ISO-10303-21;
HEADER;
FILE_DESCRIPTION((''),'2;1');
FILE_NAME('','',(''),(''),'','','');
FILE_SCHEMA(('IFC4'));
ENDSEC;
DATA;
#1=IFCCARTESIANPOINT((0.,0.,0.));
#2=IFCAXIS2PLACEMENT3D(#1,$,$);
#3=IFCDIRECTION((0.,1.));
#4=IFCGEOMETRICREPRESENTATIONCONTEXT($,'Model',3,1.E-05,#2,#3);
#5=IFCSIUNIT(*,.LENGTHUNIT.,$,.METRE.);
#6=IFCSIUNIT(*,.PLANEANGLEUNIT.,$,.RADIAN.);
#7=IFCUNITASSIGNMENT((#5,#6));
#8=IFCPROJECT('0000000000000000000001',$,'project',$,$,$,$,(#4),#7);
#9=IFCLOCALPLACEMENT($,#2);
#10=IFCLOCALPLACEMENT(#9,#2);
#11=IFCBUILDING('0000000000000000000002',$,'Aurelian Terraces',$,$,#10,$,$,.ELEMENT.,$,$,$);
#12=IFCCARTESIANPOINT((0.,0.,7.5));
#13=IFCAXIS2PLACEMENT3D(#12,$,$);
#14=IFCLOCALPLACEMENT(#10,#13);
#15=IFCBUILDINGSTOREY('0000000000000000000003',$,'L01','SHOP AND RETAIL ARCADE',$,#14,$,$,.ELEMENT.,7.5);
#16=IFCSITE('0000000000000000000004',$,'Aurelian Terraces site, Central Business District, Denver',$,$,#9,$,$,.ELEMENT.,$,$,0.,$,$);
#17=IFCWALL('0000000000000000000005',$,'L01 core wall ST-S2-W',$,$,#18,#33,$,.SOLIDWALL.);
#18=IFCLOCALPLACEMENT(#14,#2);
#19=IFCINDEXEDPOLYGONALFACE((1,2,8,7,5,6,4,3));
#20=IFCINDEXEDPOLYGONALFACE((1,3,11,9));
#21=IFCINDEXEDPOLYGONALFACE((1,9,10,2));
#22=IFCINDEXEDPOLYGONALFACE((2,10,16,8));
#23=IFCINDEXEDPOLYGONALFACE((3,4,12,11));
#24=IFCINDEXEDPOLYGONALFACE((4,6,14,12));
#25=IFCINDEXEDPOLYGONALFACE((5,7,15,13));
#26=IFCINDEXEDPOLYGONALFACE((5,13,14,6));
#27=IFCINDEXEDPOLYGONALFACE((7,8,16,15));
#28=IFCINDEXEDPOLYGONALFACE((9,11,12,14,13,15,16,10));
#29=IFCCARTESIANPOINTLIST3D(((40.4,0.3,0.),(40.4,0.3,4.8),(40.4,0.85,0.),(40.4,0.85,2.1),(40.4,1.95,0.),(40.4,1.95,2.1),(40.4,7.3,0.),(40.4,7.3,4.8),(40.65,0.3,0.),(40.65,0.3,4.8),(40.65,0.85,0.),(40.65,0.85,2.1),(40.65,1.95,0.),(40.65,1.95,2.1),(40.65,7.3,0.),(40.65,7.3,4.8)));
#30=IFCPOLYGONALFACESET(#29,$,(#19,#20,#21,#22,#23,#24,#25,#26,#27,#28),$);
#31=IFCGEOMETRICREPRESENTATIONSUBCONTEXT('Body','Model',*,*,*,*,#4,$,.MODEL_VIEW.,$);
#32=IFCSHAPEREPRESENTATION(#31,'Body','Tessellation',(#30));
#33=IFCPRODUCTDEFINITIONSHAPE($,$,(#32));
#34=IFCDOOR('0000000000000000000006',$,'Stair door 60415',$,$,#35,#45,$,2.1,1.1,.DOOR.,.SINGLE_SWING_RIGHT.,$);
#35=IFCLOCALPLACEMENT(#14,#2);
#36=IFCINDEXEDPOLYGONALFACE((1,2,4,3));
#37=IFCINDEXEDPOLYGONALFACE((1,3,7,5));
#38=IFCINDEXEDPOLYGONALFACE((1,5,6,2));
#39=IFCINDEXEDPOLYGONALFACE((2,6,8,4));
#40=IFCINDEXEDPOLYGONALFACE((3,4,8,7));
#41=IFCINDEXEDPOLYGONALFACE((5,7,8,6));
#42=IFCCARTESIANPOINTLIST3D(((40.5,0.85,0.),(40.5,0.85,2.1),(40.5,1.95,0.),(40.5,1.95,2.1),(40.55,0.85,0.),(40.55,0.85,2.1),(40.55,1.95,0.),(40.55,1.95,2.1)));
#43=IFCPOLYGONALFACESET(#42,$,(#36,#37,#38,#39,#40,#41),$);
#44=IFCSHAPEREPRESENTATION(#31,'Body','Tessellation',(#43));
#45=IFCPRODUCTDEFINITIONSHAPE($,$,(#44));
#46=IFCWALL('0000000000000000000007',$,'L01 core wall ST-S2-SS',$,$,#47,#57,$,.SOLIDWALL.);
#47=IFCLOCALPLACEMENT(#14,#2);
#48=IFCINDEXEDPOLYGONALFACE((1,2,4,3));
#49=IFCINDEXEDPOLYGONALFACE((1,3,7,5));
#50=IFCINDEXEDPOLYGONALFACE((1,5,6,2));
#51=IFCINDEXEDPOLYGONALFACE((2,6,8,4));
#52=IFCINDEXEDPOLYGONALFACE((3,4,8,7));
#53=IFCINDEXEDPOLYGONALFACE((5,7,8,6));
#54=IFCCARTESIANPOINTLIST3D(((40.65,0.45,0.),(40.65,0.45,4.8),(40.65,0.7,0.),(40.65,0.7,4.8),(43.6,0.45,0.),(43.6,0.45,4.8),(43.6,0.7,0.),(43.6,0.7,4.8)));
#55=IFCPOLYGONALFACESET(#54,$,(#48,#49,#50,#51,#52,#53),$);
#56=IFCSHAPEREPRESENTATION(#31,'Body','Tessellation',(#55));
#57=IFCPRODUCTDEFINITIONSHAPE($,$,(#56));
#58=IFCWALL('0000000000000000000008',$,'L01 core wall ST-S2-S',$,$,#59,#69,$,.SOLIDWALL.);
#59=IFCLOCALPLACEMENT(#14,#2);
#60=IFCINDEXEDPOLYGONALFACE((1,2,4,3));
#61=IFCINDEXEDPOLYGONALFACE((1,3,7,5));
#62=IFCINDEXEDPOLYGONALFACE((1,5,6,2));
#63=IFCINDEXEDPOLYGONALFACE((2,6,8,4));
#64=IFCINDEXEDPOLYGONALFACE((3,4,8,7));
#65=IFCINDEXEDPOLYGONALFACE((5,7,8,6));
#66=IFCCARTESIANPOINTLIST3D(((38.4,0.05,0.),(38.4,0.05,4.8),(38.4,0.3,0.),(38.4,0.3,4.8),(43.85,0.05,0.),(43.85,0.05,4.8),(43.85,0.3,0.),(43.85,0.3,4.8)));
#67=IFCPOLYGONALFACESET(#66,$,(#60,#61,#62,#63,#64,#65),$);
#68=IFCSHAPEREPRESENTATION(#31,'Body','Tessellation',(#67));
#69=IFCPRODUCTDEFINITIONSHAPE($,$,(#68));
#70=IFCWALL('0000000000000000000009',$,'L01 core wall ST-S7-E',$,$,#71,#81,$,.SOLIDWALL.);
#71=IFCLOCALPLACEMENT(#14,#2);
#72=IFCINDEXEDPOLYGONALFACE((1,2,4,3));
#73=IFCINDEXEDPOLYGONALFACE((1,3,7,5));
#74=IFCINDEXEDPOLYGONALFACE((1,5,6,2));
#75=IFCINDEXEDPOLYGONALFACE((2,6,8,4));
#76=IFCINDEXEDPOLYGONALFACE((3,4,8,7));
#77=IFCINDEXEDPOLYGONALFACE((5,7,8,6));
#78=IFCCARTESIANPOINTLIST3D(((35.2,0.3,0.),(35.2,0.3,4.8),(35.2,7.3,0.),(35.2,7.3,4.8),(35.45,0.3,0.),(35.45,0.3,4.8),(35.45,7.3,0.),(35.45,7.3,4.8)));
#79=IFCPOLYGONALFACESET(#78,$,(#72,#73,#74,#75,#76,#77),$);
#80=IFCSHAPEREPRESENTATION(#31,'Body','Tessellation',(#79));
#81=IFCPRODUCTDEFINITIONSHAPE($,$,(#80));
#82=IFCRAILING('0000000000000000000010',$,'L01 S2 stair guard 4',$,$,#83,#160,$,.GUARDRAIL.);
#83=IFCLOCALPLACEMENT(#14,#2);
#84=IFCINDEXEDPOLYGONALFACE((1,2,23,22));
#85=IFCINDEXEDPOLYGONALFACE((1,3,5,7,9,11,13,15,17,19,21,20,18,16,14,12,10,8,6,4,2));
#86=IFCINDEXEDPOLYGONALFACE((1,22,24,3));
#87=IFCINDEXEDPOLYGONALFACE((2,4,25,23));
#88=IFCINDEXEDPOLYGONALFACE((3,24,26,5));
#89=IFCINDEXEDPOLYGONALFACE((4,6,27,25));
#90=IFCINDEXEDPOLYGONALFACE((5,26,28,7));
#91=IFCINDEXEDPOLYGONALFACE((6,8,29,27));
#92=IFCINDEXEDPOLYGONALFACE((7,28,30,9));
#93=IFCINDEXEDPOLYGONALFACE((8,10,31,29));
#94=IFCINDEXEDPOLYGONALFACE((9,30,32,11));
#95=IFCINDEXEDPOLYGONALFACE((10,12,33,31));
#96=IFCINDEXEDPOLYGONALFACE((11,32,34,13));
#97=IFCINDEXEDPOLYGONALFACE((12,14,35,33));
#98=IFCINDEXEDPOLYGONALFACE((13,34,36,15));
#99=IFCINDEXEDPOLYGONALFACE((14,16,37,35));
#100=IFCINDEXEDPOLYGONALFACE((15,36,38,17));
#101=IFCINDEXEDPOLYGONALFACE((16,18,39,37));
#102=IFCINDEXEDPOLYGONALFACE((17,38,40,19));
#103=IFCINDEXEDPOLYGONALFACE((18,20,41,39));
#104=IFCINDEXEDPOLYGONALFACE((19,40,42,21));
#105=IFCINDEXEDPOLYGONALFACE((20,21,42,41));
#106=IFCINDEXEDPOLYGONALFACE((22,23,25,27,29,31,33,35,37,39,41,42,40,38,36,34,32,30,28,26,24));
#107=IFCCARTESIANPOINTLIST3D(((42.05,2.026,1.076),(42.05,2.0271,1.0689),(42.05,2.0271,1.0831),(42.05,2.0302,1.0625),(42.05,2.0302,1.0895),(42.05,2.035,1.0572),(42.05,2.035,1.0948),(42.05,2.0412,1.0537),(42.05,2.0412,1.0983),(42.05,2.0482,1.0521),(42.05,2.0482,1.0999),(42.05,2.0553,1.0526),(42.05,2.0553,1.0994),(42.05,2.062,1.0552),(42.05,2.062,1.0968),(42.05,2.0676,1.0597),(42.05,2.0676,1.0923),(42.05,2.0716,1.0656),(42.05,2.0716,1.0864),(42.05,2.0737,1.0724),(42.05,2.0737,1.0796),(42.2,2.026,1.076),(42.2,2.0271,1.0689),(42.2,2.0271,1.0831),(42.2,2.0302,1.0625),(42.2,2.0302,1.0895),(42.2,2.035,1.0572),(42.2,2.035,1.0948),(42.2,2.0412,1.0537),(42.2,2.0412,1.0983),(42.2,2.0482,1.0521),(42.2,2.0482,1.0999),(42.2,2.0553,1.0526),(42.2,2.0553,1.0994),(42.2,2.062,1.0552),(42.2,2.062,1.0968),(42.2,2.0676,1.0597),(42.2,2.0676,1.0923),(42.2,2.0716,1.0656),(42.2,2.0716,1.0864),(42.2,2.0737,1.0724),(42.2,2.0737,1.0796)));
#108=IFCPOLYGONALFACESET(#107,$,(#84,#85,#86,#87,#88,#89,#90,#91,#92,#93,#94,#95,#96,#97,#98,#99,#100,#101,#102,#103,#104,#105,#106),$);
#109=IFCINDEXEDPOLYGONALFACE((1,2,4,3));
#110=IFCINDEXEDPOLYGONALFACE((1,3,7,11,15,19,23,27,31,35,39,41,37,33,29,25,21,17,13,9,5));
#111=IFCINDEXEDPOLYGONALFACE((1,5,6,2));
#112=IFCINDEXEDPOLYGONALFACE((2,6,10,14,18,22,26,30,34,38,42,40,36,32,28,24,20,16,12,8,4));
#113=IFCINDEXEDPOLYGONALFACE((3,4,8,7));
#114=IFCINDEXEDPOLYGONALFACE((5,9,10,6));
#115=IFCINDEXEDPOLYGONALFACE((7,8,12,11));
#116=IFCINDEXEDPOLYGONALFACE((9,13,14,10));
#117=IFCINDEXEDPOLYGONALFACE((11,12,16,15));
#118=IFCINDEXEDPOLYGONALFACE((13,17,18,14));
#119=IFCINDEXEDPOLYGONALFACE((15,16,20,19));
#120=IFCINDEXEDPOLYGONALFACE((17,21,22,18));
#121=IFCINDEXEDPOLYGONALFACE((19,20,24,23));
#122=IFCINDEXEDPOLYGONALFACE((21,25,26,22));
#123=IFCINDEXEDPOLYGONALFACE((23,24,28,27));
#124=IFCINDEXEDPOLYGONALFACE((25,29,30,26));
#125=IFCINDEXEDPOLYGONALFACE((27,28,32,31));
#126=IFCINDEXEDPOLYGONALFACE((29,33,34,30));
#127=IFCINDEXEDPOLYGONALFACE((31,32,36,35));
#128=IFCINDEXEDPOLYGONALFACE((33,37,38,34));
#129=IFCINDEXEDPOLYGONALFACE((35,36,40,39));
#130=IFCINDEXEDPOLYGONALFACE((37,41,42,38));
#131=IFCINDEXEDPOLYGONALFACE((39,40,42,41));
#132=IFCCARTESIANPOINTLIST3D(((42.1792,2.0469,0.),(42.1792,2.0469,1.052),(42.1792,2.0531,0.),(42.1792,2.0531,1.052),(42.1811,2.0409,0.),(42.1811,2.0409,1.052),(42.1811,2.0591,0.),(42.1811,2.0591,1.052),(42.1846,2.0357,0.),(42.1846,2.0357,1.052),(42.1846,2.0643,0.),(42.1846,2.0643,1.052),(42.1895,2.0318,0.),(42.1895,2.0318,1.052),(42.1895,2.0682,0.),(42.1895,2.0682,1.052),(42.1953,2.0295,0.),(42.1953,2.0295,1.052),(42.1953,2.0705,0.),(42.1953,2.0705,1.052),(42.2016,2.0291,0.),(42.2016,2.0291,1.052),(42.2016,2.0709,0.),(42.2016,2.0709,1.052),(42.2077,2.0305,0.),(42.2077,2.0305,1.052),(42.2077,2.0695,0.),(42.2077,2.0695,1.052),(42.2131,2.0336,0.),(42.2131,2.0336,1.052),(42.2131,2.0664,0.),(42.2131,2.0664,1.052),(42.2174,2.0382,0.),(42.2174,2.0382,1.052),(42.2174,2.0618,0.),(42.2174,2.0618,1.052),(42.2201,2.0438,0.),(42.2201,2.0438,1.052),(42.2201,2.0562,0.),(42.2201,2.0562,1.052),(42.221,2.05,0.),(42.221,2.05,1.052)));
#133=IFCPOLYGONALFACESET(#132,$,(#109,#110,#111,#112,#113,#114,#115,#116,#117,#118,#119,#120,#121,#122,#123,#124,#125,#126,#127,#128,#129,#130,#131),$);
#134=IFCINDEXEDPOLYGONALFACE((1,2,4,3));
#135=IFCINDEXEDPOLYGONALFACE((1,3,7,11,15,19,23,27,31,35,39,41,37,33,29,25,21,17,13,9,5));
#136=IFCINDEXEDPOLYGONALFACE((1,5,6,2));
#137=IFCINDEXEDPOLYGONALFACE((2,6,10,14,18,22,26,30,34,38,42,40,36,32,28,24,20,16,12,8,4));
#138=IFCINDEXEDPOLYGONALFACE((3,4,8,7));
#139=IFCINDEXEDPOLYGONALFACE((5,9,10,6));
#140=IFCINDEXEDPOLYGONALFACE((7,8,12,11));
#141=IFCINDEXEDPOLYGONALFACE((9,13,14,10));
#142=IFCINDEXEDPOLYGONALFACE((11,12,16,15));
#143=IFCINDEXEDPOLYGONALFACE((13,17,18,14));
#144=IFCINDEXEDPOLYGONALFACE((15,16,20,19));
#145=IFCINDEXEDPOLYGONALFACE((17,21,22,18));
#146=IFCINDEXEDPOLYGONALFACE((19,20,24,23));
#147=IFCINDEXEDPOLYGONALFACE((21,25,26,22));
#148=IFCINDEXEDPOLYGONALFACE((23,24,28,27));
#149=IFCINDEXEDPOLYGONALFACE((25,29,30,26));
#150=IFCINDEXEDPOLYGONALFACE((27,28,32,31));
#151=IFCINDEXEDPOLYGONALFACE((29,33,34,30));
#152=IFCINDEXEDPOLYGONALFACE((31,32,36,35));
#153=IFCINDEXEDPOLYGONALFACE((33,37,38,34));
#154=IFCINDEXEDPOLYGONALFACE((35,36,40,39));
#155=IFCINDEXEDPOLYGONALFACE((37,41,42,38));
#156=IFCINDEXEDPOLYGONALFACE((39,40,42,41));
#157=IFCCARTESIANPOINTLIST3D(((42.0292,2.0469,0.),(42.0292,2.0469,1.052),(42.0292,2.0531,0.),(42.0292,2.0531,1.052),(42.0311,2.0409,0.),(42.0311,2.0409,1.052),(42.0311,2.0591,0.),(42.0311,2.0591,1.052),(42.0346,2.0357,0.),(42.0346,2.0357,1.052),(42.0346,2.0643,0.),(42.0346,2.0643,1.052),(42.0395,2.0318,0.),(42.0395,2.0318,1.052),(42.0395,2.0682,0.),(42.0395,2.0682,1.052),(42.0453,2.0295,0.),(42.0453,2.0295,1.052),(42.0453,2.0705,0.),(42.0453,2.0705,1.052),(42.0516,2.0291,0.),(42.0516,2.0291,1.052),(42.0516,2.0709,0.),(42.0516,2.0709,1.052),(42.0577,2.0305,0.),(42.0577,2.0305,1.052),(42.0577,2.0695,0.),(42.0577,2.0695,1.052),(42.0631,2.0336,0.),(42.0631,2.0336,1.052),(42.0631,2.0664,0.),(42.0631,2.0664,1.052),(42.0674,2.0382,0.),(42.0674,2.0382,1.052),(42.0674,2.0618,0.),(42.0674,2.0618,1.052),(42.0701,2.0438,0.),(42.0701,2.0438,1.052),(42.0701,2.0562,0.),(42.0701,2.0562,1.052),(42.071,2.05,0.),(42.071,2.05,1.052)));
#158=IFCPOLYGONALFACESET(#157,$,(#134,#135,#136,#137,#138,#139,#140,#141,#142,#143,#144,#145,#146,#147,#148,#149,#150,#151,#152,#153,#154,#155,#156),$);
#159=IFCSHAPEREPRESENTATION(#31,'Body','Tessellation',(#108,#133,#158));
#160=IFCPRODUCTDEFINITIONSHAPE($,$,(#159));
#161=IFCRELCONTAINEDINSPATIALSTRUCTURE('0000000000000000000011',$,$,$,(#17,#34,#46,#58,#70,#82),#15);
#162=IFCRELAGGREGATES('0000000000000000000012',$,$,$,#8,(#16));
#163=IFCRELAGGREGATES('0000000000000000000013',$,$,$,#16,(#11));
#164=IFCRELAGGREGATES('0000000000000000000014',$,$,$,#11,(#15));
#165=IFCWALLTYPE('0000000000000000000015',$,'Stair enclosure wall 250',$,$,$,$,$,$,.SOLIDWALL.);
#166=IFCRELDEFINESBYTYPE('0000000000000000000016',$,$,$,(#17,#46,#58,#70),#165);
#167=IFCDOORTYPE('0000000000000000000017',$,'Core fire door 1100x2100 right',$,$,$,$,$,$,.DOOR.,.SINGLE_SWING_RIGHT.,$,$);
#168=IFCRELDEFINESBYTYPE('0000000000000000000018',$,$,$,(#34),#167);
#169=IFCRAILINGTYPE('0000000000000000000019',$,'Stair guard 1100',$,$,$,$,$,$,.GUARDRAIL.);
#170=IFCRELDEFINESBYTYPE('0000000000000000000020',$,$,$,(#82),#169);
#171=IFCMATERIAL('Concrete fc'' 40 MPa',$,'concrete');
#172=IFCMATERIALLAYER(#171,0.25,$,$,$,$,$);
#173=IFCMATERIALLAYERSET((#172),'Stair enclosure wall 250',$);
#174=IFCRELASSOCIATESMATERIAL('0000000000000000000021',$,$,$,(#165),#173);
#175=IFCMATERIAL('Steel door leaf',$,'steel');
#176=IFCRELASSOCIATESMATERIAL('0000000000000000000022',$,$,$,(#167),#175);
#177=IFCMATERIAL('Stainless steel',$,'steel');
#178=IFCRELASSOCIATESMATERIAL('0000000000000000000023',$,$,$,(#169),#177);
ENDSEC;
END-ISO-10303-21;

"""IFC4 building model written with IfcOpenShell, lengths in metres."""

from ifc_helpers import new_model, si_unit, direction, frame, frame_2d, origin, origin_2d, place, context, subcontext, project, spatial, rectangle, circle, extrude, source, transform, mapped, material, layer, layer_set, type_object, element, fill, save


model = new_model("IFC4")

# Units and contexts
model_context = context("Model", 3, precision=1e-05, world=origin(), true_north=direction((0.0, 1.0)))
body_context = subcontext(model_context, "Body", "Model", "MODEL_VIEW")
ifc_project = project(units=[si_unit("LENGTHUNIT", "METRE"), si_unit("PLANEANGLEUNIT", "RADIAN")], contexts=[model_context])

# Site, building, storey
site_placement = place(None, origin())
site = spatial("IfcSite", under=ifc_project, at=site_placement, Name="Aurelian Terraces site, Central Business District, Denver", CompositionType="ELEMENT", RefElevation=0.0)
building_placement = place(site_placement, origin())
building = spatial("IfcBuilding", under=site, at=building_placement, Name="Aurelian Terraces", CompositionType="ELEMENT")
storey_placement = place(building_placement, frame((0.0, 0.0, 7.5)))
storey = spatial("IfcBuildingStorey", under=building, at=storey_placement, Name="L01", Description="SHOP AND RETAIL ARCADE", CompositionType="ELEMENT", Elevation=7.5)

# Wall, opening, door
ifc_material_1 = material(Name="Concrete fc' 40 MPa", Category="concrete")
ifc_layer_1 = layer(ifc_material_1, 0.25)
ifc_layer_set_1 = layer_set([ifc_layer_1], Name="Stair enclosure wall 250")
wall_type_1 = type_object("IfcWallType", Name="Stair enclosure wall 250", PredefinedType="SOLIDWALL", material=ifc_layer_set_1)
wall_1_placement = place(storey_placement, frame((40.525, 0.3, 0.0), z_axis=(0.0, 0.0, 1.0), x_axis=(0.0, 1.0, 0.0)))
wall_1 = element("IfcWall", 1, at=wall_1_placement, inside=storey, type_object=wall_type_1, Name="L01 core wall ST-S2-W", PredefinedType="SOLIDWALL", context=body_context, shape_type="SweptSolid", body=[
    extrude(rectangle(XDim=7.0, YDim=0.25, at=frame_2d((3.5, 0.0))), origin(), (0.0, 0.0, 1.0), 4.8),
])
shared_shape_1 = source(origin(), body_context, "Body", "SweptSolid", [
    extrude(rectangle(XDim=1.1, YDim=2.1, at=frame_2d((0.55, 1.05))), frame((0.0, 0.135, 0.0), z_axis=(0.0, -1.0, 0.0), x_axis=(1.0, 0.0, 0.0)), (0.0, 0.0, 1.0), 0.27),
])
opening_placement = place(wall_1_placement, frame((0.55, 0.0, 0.0)))
opening = element("IfcOpeningElement", 2, at=opening_placement, cuts=wall_1, PredefinedType="OPENING", context=body_context, shape_type="MappedRepresentation", body=[
    mapped(shared_shape_1, transform((0.0, 0.0, 0.0), scale=1.0)),
])
ifc_material_2 = material(Name="Steel door leaf", Category="steel")
door_type = type_object("IfcDoorType", Name="Core fire door 1100x2100 right", OperationType="SINGLE_SWING_RIGHT", PredefinedType="DOOR", material=ifc_material_2)
shared_shape_2 = source(origin(), body_context, "Body", "SweptSolid", [
    extrude(rectangle(XDim=1.1, YDim=2.1, at=frame_2d((0.55, 1.05))), frame((0.0, 0.025, 0.0), z_axis=(0.0, -1.0, 0.0), x_axis=(1.0, 0.0, 0.0)), (0.0, 0.0, 1.0), 0.05),
])
door_placement = place(opening_placement, origin())
door = element("IfcDoor", 3, at=door_placement, inside=storey, type_object=door_type, Name="Stair door 60415", OperationType="SINGLE_SWING_RIGHT", OverallHeight=2.1, OverallWidth=1.1, PredefinedType="DOOR", context=body_context, shape_type="MappedRepresentation", body=[
    mapped(shared_shape_2, transform((0.0, 0.0, 0.0), scale=1.0)),
])
fill(opening, door)

# Walls
wall_2_placement = place(storey_placement, frame((40.65, 0.575, 0.0), z_axis=(0.0, 0.0, 1.0), x_axis=(1.0, 0.0, 0.0)))
element("IfcWall", 4, at=wall_2_placement, inside=storey, type_object=wall_type_1, Name="L01 core wall ST-S2-SS", PredefinedType="SOLIDWALL", context=body_context, shape_type="SweptSolid", body=[
    extrude(rectangle(XDim=2.95, YDim=0.25, at=frame_2d((1.475, 0.0))), origin(), (0.0, 0.0, 1.0), 4.8),
])
wall_3_placement = place(storey_placement, frame((38.4, 0.175, 0.0), z_axis=(0.0, 0.0, 1.0), x_axis=(1.0, 0.0, 0.0)))
element("IfcWall", 5, at=wall_3_placement, inside=storey, type_object=wall_type_1, Name="L01 core wall ST-S2-S", PredefinedType="SOLIDWALL", context=body_context, shape_type="SweptSolid", body=[
    extrude(rectangle(XDim=5.45, YDim=0.25, at=frame_2d((2.725, 0.0))), origin(), (0.0, 0.0, 1.0), 4.8),
])
shared_shape_3 = source(origin(), body_context, "Body", "SweptSolid", [
    extrude(rectangle(XDim=7.0, YDim=0.25, at=frame_2d((3.5, 0.0))), origin(), (0.0, 0.0, 1.0), 4.8),
])
wall_4_placement = place(storey_placement, frame((35.325, 0.3, 0.0), z_axis=(0.0, 0.0, 1.0), x_axis=(0.0, 1.0, 0.0)))
element("IfcWall", 6, at=wall_4_placement, inside=storey, type_object=wall_type_1, Name="L01 core wall ST-S7-E", PredefinedType="SOLIDWALL", context=body_context, shape_type="MappedRepresentation", body=[
    mapped(shared_shape_3, transform((0.0, 0.0, 0.0), scale=1.0)),
])

# Railing
ifc_material_3 = material(Name="Stainless steel", Category="steel")
railing_type = type_object("IfcRailingType", Name="Stair guard 1100", PredefinedType="GUARDRAIL", material=ifc_material_3)
shared_shape_4 = source(origin(), body_context, "Body", "SweptSolid", [
    extrude(circle(Radius=0.024, at=origin_2d()), frame((0.0, 0.0, 1.076), z_axis=(-1.0, 0.0, 0.0), x_axis=(0.0, -1.0, 0.0)), (0.0, 0.0, 1.0), 0.15),
    extrude(circle(Radius=0.021, at=origin_2d()), origin(), (0.0, 0.0, 1.0), 1.052),
    extrude(circle(Radius=0.021, at=origin_2d()), frame((-0.15, 0.0, 0.0)), (0.0, 0.0, 1.0), 1.052),
])
for number, where, name in (
    (7, (42.2, 2.05, 0.0), "L01 S2 stair guard 4"),
):
    element("IfcRailing", number, at=place(storey_placement, frame(where)), inside=storey, type_object=railing_type, Name=name, PredefinedType="GUARDRAIL", context=body_context, shape_type="MappedRepresentation", body=[
        mapped(shared_shape_4, transform((0.0, 0.0, 0.0), scale=1.0)),
    ])

save(model, "model.ifc")
